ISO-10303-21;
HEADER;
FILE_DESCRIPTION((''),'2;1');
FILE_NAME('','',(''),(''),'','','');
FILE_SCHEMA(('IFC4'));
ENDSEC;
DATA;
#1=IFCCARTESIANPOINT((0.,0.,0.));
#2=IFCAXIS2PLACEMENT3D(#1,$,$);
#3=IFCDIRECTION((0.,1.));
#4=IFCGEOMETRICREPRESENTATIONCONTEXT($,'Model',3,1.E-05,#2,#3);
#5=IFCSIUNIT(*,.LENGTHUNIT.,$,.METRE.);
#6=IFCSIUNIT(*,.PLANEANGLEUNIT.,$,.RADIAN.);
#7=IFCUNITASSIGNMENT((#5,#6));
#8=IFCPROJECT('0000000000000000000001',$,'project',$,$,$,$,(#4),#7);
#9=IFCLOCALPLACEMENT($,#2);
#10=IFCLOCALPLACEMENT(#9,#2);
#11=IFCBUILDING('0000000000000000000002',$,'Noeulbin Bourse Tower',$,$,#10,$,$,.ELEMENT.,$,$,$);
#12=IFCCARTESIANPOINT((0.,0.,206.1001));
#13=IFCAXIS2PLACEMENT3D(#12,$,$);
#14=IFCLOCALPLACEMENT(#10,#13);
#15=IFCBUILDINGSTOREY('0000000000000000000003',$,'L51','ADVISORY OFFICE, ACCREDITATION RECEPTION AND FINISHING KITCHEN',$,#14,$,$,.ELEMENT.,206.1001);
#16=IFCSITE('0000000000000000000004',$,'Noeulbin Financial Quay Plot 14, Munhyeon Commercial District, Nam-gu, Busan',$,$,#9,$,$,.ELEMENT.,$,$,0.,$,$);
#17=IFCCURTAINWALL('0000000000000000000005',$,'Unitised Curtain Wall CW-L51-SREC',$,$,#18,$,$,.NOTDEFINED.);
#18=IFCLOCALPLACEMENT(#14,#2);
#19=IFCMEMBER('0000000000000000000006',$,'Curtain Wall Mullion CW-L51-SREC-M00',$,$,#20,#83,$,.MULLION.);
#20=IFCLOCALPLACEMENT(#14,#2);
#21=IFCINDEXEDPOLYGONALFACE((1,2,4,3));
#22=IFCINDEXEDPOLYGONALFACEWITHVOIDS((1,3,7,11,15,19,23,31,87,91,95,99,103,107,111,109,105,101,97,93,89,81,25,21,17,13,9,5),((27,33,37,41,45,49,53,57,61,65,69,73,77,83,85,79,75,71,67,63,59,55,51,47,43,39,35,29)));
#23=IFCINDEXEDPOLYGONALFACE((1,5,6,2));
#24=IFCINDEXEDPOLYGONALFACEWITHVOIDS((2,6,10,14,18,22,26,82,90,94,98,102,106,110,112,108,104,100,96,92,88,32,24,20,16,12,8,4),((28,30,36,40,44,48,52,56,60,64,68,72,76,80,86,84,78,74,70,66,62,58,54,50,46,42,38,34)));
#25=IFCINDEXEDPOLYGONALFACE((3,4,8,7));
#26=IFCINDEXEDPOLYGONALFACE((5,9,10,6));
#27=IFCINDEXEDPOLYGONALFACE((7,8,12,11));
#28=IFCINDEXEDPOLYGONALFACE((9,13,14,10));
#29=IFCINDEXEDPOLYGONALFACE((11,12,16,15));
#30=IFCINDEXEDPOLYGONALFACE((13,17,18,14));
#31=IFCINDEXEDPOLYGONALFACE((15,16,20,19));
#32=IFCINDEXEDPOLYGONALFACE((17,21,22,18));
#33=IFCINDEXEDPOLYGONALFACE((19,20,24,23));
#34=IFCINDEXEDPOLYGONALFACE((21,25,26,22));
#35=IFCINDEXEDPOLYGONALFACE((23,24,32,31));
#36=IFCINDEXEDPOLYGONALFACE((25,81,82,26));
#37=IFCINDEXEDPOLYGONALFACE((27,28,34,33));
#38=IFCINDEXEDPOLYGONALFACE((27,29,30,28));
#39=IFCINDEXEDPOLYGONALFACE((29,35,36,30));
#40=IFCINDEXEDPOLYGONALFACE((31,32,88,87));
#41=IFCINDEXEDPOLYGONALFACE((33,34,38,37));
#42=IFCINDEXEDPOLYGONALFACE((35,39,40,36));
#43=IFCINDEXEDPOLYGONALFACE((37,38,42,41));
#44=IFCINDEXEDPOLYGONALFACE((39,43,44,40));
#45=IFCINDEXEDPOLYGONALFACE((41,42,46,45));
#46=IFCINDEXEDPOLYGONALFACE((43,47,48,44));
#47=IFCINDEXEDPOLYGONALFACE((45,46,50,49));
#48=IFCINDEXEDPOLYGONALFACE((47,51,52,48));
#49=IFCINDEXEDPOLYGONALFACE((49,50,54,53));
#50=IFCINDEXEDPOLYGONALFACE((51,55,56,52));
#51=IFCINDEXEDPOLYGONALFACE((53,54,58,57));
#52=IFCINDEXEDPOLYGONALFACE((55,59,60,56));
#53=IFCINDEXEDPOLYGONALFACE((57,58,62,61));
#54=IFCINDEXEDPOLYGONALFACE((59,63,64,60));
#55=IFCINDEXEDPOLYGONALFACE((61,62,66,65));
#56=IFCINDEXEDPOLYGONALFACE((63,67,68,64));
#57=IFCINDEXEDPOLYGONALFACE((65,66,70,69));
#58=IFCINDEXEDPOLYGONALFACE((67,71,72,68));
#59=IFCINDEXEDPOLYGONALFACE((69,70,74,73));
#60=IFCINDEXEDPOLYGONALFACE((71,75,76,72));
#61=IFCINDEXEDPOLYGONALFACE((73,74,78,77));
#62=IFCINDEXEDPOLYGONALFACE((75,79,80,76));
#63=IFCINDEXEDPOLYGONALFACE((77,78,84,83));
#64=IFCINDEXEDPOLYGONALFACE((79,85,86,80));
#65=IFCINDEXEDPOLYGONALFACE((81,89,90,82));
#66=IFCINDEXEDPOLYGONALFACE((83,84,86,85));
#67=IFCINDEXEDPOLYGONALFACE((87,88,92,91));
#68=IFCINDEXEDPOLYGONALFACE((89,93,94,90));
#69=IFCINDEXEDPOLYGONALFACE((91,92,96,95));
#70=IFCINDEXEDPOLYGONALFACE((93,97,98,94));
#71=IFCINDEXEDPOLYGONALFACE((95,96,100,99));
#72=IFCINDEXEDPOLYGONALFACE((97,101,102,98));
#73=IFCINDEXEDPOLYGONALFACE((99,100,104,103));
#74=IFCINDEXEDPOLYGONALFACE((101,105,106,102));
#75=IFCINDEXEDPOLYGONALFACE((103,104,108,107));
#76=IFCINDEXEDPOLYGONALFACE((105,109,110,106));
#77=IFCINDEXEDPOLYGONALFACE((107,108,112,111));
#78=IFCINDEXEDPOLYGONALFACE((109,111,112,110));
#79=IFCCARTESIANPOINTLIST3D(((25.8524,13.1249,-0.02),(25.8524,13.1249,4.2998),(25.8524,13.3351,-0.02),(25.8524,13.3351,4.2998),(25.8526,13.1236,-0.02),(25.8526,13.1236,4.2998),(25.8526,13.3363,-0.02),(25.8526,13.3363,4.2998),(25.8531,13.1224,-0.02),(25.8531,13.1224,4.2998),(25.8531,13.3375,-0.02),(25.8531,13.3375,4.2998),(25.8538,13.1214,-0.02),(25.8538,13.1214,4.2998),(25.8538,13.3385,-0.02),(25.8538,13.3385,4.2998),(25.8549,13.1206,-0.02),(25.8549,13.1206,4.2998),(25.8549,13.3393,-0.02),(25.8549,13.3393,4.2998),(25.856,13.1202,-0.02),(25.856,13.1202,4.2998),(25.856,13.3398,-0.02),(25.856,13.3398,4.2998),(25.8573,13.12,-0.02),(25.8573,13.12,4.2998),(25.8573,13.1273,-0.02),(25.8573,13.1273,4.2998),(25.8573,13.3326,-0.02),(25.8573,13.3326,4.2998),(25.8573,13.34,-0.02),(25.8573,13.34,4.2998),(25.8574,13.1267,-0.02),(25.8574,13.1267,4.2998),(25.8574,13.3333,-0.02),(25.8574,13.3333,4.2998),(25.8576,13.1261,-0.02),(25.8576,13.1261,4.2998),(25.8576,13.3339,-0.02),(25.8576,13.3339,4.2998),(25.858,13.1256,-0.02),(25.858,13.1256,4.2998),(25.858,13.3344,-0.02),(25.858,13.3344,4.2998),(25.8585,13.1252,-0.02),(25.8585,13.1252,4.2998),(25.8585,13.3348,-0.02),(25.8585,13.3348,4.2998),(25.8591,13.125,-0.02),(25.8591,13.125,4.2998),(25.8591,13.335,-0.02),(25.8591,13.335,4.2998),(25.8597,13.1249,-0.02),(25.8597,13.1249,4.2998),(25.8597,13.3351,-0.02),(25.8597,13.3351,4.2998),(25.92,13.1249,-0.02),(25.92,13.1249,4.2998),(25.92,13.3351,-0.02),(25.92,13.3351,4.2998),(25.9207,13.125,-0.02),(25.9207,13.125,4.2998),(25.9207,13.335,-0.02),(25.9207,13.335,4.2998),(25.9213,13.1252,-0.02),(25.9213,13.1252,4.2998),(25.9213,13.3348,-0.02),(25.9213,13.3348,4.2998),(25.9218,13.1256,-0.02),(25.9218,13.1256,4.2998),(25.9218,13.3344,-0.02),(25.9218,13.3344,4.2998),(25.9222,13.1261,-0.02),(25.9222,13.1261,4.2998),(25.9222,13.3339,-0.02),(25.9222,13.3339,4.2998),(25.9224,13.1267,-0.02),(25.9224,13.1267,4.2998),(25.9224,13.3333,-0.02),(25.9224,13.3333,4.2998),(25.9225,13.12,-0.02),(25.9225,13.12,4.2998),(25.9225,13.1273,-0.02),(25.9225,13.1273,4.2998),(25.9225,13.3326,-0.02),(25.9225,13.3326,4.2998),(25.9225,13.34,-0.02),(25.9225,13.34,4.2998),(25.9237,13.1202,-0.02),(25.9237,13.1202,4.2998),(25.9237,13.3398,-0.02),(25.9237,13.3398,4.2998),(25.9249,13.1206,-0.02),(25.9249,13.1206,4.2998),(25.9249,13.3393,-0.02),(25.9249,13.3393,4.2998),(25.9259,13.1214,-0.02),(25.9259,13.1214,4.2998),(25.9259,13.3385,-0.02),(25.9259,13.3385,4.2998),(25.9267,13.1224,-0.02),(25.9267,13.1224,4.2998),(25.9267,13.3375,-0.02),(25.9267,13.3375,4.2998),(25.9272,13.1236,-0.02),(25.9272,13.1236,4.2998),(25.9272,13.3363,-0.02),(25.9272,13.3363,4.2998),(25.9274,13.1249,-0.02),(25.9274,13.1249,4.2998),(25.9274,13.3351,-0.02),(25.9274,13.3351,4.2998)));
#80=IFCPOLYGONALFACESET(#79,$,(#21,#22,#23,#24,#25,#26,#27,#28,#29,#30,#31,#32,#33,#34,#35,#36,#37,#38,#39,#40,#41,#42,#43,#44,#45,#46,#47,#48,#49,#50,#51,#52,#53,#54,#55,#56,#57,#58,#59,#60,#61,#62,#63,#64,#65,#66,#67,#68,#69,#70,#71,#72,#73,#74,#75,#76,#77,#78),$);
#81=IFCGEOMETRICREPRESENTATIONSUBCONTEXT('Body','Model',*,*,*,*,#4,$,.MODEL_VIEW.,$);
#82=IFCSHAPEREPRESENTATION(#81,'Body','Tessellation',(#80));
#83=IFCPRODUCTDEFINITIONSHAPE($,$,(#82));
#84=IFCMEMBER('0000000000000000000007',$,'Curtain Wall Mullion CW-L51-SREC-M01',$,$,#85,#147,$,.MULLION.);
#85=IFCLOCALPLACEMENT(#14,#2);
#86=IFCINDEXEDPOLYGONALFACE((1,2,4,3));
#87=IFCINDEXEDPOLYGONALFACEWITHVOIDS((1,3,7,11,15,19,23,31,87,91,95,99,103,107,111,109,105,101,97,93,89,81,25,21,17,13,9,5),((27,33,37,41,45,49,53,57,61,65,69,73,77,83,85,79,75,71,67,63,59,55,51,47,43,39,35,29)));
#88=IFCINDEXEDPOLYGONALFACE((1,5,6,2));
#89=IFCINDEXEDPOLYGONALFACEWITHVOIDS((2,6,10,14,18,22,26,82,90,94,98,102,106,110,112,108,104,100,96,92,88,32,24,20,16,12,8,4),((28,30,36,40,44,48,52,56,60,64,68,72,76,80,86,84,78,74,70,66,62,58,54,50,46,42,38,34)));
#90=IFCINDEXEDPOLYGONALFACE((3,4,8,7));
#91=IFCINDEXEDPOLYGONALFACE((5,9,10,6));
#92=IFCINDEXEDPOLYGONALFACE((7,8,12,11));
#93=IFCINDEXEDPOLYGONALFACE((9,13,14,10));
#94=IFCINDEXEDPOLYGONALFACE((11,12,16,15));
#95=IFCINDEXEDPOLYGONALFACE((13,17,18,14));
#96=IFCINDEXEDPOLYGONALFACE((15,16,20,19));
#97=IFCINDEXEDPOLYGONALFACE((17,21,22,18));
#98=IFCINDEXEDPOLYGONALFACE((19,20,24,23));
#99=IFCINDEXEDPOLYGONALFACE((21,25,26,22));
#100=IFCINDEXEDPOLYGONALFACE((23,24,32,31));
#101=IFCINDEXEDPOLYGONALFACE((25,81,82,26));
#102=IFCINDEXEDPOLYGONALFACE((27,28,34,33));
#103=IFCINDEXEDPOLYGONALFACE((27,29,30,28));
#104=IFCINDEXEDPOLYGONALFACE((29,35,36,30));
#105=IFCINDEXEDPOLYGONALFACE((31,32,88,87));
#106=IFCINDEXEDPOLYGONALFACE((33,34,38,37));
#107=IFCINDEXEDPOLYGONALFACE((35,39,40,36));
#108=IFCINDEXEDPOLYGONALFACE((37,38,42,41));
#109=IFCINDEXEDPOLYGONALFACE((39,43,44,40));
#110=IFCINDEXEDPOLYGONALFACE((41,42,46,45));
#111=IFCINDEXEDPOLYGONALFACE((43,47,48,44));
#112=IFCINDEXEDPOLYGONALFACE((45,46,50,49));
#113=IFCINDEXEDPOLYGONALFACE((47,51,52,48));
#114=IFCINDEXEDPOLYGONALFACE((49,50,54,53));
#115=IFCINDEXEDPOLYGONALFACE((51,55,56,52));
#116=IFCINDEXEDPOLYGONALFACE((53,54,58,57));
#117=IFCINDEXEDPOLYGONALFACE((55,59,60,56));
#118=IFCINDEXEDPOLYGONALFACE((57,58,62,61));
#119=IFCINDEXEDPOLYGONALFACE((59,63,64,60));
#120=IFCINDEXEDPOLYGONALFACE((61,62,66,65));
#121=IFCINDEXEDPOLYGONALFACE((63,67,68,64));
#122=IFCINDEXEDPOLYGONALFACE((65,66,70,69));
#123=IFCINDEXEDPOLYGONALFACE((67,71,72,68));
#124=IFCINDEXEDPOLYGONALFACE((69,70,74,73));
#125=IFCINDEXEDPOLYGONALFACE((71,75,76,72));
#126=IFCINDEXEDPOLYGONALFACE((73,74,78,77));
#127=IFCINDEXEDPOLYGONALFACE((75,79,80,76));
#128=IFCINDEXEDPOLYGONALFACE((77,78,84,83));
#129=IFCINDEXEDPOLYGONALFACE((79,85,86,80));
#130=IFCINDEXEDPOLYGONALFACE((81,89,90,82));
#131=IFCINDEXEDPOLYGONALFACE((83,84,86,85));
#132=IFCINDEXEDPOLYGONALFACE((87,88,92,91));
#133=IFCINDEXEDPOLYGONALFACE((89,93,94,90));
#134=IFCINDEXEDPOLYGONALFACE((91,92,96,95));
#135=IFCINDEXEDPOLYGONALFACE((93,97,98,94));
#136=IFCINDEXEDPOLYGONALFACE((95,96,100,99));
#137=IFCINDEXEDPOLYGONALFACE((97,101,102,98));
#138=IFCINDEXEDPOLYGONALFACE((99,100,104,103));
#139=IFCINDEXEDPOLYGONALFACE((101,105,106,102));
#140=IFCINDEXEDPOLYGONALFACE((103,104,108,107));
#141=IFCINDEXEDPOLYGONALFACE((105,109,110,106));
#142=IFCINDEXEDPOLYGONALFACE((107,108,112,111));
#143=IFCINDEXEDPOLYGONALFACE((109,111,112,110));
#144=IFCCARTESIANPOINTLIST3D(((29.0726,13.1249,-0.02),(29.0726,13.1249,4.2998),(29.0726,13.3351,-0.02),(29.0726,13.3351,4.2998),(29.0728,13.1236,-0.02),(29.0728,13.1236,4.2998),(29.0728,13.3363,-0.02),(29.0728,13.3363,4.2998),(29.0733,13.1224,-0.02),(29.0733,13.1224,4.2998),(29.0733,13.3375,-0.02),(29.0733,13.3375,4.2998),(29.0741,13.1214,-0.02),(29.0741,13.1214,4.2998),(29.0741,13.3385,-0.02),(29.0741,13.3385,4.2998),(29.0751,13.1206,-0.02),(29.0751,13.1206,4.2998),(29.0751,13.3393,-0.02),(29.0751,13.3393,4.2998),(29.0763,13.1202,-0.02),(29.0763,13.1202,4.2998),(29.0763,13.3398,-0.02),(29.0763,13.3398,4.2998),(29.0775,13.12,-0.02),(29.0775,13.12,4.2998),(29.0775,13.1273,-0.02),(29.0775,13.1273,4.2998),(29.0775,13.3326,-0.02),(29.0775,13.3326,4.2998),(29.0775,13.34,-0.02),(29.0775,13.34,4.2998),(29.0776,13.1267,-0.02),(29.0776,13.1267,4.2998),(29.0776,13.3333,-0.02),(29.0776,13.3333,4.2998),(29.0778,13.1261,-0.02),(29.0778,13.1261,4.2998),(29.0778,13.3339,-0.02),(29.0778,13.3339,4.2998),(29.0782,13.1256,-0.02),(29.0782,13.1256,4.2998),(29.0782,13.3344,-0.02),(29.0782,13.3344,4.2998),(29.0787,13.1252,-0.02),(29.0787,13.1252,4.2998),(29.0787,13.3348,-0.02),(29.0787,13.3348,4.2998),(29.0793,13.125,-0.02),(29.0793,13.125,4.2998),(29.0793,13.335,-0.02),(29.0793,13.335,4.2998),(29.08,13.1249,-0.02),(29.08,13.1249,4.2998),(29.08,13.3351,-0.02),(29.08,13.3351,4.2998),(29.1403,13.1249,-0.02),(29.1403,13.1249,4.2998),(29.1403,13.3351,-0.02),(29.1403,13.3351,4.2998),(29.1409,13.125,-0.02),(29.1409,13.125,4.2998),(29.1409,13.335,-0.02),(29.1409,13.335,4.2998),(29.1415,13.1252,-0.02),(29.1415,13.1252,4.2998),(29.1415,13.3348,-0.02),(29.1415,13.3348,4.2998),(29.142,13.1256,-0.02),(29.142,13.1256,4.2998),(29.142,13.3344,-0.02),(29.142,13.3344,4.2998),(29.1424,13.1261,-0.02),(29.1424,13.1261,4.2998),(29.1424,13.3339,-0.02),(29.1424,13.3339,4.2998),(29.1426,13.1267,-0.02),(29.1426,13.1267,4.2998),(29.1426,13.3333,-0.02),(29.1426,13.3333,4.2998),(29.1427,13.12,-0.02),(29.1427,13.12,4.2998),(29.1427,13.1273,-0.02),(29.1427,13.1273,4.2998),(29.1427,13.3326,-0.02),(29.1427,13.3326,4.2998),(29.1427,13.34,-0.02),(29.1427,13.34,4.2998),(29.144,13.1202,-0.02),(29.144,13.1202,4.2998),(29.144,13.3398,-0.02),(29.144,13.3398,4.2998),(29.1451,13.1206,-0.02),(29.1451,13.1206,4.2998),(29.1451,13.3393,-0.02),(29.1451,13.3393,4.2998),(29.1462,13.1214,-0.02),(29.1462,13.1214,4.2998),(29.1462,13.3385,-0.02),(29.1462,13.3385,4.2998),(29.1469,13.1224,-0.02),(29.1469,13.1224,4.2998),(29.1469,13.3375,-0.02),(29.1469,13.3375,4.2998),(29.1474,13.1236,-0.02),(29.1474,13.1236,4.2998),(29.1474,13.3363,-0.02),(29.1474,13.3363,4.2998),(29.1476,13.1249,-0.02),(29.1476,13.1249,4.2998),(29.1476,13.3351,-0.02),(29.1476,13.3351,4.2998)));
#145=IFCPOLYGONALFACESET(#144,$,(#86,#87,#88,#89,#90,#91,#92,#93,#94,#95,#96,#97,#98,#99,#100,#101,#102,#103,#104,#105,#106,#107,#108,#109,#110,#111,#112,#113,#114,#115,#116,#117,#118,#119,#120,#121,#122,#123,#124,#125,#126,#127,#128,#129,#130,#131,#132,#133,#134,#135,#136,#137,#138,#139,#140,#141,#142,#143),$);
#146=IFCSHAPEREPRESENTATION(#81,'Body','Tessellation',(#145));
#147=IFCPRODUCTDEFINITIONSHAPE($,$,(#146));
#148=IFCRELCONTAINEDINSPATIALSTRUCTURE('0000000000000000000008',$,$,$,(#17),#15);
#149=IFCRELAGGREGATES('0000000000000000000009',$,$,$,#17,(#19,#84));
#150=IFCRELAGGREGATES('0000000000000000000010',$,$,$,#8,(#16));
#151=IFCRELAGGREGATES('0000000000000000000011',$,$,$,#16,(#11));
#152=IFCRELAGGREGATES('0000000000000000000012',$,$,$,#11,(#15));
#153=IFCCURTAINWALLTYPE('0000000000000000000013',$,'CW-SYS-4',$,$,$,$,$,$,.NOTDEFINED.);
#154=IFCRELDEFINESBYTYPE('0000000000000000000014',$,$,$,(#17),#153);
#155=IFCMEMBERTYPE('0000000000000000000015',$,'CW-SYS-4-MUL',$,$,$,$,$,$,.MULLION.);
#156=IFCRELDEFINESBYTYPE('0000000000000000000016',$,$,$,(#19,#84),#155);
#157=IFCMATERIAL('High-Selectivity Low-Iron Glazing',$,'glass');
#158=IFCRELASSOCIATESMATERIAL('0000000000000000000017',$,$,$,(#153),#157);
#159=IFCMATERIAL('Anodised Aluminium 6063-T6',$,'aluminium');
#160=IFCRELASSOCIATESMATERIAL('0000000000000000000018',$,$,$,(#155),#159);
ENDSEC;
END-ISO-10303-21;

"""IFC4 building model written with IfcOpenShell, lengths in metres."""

from ifc_helpers import new_model, si_unit, direction, frame, origin, origin_2d, place, context, subcontext, project, spatial, hollow_rectangle, extrude, material, material_profile, profile_set, type_object, element, aggregate, save


model = new_model("IFC4")

# Units and contexts
model_context = context("Model", 3, precision=1e-05, world=origin(), true_north=direction((0.0, 1.0)))
body_context = subcontext(model_context, "Body", "Model", "MODEL_VIEW")
ifc_project = project(units=[si_unit("LENGTHUNIT", "METRE"), si_unit("PLANEANGLEUNIT", "RADIAN")], contexts=[model_context])

# Site, building, storey
site_placement = place(None, origin())
site = spatial("IfcSite", under=ifc_project, at=site_placement, Name="Noeulbin Financial Quay Plot 14, Munhyeon Commercial District, Nam-gu, Busan", CompositionType="ELEMENT", RefElevation=0.0)
building_placement = place(site_placement, origin())
building = spatial("IfcBuilding", under=site, at=building_placement, Name="Noeulbin Bourse Tower", CompositionType="ELEMENT")
storey_placement = place(building_placement, frame((0.0, 0.0, 206.1001)))
storey = spatial("IfcBuildingStorey", under=building, at=storey_placement, Name="L51", Description="ADVISORY OFFICE, ACCREDITATION RECEPTION AND FINISHING KITCHEN", CompositionType="ELEMENT", Elevation=206.1001)

# Curtain wall, members
ifc_material_1 = material(Name="High-Selectivity Low-Iron Glazing", Category="glass")
curtain_wall_type = type_object("IfcCurtainWallType", Name="CW-SYS-4", PredefinedType="NOTDEFINED", material=ifc_material_1)
curtain_wall_1_placement = place(storey_placement, origin())
curtain_wall_1 = element("IfcCurtainWall", 1, at=curtain_wall_1_placement, inside=storey, type_object=curtain_wall_type, Name="Unitised Curtain Wall CW-L51-SREC", PredefinedType="NOTDEFINED")
ifc_material_2 = material(Name="Anodised Aluminium 6063-T6", Category="aluminium")
ifc_material_profile_1 = material_profile(ifc_material_2, hollow_rectangle(XDim=0.075, YDim=0.22, WallThickness=0.0049, InnerFilletRadius=0.0024, OuterFilletRadius=0.0049, at=origin_2d()), Name="ALU-MULL-75x220x5", Category="LoadBearing")
ifc_profile_set_1 = profile_set([ifc_material_profile_1], Name="Anodised Aluminium 6063-T6")
member_type_1 = type_object("IfcMemberType", Name="CW-SYS-4-MUL", PredefinedType="MULLION", material=ifc_profile_set_1)
member_1_placement = place(storey_placement, frame((25.8899, 13.23, -0.02), z_axis=(0.0, 0.0, 1.0), x_axis=(1.0, 0.0, 0.0)))
member_1 = element("IfcMember", 2, at=member_1_placement, type_object=member_type_1, Name="Curtain Wall Mullion CW-L51-SREC-M00", PredefinedType="MULLION", context=body_context, shape_type="SweptSolid", body=[
    extrude(hollow_rectangle(XDim=0.075, YDim=0.22, WallThickness=0.0049, InnerFilletRadius=0.0024, OuterFilletRadius=0.0049, at=origin_2d()), origin(), (0.0, 0.0, 1.0), 4.3198),
])
member_2_placement = place(storey_placement, frame((29.1101, 13.23, -0.02), z_axis=(0.0, 0.0, 1.0), x_axis=(1.0, 0.0, 0.0)))
member_2 = element("IfcMember", 3, at=member_2_placement, type_object=member_type_1, Name="Curtain Wall Mullion CW-L51-SREC-M01", PredefinedType="MULLION", context=body_context, shape_type="SweptSolid", body=[
    extrude(hollow_rectangle(XDim=0.075, YDim=0.22, WallThickness=0.0049, InnerFilletRadius=0.0024, OuterFilletRadius=0.0049, at=origin_2d()), origin(), (0.0, 0.0, 1.0), 4.3198),
])

aggregate(curtain_wall_1, [member_1, member_2])

save(model, "model.ifc")
